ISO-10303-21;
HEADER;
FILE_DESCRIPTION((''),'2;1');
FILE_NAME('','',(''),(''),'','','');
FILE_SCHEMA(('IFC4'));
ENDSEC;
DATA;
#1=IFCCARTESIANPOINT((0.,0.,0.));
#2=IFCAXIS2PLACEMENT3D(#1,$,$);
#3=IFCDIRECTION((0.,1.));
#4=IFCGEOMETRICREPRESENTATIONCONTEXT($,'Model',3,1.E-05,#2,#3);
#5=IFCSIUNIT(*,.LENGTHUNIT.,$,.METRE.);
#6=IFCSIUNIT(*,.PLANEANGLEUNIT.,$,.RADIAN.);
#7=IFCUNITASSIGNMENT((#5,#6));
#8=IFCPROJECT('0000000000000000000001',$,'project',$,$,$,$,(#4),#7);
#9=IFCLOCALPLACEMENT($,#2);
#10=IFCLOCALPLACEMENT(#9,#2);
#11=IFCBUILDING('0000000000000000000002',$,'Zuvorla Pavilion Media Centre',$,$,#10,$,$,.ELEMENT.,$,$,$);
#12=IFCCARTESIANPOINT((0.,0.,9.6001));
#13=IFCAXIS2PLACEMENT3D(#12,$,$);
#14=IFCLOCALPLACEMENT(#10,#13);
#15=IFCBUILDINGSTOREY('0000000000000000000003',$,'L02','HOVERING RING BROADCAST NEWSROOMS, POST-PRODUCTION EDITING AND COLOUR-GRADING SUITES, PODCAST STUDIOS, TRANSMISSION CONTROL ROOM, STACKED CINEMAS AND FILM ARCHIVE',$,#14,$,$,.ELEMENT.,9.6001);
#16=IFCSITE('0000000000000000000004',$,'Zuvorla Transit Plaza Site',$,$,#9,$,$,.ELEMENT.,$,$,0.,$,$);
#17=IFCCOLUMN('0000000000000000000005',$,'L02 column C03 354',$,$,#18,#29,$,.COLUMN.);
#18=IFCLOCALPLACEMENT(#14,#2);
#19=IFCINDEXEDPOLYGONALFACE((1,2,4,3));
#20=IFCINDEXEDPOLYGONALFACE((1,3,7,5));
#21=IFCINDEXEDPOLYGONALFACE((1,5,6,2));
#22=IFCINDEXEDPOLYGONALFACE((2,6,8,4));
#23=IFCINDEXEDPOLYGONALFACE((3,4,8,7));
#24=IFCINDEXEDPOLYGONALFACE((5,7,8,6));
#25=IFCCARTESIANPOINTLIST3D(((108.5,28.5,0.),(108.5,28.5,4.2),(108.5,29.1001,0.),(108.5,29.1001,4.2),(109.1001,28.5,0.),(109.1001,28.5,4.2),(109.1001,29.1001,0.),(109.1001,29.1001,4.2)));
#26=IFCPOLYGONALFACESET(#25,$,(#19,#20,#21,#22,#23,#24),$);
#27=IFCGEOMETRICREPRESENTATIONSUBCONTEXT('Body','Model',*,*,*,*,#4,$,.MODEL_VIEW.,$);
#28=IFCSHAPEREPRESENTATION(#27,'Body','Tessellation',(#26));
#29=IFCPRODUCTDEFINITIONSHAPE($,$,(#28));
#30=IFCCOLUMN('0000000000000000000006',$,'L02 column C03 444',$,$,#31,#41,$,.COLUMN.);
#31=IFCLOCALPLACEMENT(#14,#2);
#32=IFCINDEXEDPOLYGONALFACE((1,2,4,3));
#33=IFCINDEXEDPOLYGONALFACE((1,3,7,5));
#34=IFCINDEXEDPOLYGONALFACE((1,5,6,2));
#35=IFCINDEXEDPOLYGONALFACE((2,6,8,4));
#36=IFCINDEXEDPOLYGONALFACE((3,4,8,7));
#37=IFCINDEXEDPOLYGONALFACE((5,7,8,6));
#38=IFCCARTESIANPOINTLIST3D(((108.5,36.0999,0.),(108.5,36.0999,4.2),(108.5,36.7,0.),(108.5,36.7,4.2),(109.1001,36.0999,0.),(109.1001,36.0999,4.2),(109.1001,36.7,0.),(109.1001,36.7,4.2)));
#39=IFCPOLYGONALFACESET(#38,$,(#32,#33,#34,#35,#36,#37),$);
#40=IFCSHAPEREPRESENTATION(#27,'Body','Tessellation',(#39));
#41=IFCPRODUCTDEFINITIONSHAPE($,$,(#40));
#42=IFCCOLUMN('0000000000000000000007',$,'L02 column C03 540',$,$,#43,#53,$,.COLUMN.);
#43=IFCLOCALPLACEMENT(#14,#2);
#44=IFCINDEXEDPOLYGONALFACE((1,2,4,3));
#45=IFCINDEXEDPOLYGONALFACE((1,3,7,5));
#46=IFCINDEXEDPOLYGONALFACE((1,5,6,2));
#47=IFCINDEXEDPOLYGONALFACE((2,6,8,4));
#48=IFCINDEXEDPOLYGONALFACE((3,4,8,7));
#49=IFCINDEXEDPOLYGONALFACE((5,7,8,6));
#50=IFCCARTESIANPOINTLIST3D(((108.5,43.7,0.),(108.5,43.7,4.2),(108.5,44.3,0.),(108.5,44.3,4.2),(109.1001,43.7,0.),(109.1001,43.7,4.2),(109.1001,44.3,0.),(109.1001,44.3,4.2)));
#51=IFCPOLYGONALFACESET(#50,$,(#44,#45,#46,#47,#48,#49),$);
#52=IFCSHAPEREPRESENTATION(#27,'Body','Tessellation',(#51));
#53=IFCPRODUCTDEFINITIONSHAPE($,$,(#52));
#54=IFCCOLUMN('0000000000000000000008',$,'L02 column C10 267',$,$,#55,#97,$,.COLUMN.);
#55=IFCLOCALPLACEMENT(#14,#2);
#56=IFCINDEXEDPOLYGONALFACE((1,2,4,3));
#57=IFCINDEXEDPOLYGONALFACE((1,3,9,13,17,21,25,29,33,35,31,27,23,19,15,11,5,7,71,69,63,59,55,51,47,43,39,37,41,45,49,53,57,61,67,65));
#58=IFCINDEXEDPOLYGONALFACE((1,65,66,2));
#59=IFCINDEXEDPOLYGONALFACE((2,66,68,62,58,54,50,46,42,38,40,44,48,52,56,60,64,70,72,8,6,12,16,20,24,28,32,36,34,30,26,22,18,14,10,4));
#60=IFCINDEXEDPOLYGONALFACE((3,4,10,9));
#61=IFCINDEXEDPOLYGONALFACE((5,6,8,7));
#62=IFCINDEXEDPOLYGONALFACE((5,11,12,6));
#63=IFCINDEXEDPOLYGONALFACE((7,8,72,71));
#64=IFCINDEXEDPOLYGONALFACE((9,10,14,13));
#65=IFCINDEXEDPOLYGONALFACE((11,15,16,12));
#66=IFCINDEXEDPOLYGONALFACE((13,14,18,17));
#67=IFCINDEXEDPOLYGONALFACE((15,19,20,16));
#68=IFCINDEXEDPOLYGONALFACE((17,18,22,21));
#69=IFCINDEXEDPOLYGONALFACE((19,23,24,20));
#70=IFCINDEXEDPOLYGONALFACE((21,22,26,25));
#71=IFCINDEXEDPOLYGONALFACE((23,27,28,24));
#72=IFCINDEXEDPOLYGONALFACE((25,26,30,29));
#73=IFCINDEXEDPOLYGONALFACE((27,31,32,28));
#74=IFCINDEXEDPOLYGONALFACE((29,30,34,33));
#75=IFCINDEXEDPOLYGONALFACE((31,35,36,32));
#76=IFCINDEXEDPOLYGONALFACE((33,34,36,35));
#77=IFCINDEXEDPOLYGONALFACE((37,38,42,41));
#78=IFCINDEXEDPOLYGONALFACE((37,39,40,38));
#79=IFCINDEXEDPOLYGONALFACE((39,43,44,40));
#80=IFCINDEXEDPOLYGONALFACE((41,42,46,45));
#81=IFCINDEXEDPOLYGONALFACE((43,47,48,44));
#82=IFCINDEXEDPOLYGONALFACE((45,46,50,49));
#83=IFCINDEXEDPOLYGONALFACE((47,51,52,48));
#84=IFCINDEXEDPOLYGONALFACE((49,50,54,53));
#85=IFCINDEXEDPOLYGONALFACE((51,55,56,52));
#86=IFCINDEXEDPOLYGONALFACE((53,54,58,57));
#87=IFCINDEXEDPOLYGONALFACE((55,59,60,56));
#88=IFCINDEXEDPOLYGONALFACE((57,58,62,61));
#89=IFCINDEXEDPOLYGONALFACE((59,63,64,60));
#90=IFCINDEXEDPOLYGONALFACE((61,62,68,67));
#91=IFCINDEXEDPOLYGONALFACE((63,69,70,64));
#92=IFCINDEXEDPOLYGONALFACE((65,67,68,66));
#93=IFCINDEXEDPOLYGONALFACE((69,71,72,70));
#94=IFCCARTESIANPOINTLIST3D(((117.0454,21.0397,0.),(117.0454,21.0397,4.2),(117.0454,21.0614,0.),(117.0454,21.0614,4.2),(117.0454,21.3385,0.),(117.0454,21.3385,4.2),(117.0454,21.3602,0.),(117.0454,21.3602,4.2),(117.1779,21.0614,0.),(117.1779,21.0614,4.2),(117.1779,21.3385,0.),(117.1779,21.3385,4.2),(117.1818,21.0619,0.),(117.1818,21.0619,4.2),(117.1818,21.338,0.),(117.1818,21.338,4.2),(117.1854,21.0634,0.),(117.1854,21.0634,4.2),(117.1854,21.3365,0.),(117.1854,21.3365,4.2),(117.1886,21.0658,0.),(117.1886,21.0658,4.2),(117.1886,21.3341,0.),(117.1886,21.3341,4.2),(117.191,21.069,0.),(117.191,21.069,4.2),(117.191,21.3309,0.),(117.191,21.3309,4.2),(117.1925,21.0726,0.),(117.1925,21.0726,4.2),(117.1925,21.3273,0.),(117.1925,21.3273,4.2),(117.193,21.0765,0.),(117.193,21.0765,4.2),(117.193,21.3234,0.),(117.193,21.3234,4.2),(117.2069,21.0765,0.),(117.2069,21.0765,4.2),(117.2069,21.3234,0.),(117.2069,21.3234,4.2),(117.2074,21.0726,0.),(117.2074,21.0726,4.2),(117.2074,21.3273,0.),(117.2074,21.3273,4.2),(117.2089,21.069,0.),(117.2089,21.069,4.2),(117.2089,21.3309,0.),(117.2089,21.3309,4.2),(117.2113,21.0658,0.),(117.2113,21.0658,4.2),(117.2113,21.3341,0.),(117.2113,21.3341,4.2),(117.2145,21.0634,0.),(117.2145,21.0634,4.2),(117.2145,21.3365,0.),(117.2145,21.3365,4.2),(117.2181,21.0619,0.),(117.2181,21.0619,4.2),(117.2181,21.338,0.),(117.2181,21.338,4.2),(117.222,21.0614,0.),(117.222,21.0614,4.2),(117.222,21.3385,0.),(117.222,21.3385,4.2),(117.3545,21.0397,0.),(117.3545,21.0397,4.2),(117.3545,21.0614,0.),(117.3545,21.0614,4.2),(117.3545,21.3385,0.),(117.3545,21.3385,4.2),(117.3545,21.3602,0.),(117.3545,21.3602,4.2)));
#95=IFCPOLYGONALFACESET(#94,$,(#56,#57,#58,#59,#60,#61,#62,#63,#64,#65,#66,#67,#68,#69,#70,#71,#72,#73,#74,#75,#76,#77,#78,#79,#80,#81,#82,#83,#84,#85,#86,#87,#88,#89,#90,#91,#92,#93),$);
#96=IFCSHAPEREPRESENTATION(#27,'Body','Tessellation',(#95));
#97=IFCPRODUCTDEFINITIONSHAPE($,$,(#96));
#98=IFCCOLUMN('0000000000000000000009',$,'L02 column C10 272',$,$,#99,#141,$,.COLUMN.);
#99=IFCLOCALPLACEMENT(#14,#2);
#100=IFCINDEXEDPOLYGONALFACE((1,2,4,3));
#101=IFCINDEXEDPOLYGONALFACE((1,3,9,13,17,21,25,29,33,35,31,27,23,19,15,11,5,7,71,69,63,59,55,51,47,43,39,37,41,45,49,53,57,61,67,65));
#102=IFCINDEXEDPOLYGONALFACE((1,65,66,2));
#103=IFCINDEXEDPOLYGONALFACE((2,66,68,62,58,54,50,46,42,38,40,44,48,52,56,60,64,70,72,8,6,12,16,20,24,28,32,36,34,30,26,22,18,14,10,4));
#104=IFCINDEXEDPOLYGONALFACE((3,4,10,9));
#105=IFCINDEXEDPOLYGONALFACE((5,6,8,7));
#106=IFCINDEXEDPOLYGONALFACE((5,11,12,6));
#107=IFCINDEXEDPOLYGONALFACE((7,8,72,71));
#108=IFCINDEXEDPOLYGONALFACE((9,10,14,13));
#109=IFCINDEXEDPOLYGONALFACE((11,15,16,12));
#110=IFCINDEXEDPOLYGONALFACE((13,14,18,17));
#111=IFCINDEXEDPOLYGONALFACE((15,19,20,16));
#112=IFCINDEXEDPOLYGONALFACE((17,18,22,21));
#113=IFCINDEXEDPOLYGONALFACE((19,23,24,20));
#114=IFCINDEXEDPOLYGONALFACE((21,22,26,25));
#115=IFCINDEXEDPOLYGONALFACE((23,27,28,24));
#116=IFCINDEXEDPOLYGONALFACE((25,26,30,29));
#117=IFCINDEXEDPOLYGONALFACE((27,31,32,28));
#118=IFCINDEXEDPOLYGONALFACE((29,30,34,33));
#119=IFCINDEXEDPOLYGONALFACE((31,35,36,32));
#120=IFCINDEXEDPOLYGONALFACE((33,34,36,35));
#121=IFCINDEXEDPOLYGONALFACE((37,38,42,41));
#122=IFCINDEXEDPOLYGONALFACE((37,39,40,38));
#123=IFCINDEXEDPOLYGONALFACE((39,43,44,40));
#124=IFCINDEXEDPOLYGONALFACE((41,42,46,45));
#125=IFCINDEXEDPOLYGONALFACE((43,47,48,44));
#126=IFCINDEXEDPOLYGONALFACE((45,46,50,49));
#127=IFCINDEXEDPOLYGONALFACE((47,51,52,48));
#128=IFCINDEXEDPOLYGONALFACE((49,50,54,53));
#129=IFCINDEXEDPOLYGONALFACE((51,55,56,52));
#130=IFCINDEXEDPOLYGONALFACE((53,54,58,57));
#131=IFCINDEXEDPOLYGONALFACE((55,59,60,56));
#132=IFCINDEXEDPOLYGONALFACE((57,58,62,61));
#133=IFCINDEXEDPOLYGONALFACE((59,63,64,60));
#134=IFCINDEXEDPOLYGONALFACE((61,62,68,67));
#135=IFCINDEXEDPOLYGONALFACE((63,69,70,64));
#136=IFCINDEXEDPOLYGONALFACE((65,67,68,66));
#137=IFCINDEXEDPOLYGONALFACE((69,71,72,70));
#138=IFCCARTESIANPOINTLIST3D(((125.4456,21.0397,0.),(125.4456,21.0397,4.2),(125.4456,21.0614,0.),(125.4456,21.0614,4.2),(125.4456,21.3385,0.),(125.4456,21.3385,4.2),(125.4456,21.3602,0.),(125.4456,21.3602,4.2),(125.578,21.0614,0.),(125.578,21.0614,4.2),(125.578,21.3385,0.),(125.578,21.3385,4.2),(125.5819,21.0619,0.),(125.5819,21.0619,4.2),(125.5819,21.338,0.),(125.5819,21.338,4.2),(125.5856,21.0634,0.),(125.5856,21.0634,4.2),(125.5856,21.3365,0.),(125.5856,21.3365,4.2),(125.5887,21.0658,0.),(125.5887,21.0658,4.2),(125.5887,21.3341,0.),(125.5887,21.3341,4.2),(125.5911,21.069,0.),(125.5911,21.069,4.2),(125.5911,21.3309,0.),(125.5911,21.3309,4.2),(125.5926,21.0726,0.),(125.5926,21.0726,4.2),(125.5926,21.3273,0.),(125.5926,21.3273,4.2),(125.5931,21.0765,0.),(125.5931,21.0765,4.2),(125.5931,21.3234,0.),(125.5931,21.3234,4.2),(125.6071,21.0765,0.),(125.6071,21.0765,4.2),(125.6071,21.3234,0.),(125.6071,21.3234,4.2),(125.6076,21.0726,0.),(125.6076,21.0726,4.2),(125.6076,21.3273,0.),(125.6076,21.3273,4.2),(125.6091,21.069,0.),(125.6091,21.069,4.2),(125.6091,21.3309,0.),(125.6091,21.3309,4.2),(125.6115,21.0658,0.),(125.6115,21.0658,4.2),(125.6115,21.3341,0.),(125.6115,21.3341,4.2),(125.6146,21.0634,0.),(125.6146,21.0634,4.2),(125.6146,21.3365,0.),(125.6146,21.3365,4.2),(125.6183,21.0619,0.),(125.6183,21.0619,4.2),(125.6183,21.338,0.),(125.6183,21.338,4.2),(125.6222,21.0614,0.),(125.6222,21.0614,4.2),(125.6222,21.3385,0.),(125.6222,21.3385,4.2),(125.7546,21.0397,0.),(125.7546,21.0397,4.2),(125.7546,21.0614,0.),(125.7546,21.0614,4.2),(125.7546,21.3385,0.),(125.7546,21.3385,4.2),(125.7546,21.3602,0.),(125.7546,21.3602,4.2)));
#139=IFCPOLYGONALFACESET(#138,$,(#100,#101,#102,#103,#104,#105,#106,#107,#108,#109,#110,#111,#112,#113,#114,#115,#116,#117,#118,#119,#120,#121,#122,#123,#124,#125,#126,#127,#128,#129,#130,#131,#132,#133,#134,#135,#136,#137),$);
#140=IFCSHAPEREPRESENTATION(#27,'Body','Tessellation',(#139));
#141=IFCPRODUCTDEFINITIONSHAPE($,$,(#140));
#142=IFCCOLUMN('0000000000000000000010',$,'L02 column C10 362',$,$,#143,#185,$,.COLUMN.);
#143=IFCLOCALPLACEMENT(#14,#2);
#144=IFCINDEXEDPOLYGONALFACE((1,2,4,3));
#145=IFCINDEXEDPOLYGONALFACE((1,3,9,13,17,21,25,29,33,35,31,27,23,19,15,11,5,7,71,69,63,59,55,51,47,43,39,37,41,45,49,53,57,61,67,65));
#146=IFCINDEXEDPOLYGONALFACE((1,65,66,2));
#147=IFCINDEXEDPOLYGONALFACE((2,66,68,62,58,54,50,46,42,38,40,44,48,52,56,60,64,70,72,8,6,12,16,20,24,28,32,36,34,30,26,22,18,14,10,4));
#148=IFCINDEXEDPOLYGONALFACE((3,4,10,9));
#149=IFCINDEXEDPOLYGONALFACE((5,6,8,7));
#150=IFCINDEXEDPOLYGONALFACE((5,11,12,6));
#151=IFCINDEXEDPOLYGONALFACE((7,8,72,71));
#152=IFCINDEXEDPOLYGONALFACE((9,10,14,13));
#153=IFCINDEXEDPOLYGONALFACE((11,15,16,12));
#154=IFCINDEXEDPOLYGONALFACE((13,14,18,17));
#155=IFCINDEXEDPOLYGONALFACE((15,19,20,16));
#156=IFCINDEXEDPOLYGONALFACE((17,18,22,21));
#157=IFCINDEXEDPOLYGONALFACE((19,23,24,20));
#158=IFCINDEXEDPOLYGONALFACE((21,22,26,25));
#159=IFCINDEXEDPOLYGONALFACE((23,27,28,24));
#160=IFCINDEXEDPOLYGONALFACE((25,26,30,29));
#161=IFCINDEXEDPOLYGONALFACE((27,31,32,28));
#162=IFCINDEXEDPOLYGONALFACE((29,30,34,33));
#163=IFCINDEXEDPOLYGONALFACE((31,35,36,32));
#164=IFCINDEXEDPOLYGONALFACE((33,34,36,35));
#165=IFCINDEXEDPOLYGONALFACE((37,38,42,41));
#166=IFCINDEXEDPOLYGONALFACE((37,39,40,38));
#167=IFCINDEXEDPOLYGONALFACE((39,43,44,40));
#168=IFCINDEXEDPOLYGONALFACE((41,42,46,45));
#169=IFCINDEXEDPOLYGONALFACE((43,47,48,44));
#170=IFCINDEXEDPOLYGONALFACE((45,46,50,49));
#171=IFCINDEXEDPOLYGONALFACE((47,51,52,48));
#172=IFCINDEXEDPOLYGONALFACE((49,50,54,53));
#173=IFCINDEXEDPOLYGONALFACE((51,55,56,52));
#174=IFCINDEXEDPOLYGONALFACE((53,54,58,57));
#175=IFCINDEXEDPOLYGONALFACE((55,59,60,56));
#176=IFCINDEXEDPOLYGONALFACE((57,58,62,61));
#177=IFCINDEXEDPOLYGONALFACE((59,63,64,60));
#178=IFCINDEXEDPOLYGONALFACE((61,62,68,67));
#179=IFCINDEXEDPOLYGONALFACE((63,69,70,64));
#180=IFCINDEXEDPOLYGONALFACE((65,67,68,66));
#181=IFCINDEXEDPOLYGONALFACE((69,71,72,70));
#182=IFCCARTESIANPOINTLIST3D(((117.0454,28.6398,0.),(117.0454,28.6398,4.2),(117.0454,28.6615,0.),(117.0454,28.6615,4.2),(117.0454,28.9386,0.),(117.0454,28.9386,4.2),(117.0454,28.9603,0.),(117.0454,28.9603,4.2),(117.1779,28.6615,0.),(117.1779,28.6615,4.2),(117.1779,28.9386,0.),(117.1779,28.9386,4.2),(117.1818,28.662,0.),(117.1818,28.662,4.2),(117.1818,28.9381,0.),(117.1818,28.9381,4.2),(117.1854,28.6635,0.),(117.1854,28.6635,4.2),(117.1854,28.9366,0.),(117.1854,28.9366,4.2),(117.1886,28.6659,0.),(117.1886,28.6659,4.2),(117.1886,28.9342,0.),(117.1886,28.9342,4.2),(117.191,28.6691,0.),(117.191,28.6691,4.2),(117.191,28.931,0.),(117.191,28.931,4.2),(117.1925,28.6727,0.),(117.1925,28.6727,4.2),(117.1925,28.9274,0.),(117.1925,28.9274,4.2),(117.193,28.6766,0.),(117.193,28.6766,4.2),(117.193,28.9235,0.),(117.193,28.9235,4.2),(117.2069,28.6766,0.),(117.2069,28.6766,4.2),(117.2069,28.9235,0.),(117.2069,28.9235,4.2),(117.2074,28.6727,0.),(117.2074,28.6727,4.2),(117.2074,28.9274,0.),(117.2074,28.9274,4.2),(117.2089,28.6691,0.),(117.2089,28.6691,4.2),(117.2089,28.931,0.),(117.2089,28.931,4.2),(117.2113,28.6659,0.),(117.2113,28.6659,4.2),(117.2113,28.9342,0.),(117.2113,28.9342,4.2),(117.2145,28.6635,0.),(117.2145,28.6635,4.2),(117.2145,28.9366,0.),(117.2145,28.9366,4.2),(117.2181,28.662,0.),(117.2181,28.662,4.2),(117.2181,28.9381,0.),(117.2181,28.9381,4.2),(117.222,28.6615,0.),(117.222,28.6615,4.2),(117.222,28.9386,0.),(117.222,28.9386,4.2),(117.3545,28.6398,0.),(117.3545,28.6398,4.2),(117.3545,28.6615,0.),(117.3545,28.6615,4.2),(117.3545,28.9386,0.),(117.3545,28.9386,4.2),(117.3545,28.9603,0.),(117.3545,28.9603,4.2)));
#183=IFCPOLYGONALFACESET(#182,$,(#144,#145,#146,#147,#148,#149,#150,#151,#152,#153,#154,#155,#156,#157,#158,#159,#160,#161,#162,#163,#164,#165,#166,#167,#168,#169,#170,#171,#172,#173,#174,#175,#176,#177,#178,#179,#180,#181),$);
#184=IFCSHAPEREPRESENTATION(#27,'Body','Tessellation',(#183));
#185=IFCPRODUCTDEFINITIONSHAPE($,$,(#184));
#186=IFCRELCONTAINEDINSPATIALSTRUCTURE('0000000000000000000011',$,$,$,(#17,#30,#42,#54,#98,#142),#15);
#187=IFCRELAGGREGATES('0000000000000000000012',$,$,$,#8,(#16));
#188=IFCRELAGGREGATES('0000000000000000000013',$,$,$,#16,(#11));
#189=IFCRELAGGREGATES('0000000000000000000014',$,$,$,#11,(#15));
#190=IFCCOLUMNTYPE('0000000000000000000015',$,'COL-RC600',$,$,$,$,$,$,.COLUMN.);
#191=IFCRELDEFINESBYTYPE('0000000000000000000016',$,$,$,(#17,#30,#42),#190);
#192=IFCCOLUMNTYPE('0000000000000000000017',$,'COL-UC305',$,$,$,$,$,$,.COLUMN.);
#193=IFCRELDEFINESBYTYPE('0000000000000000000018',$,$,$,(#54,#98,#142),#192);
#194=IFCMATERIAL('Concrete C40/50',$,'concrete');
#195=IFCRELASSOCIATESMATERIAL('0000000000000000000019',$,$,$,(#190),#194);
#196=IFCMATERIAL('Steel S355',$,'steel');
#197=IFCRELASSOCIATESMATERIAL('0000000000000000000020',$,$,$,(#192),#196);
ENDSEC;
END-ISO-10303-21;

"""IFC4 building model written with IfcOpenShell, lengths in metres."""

from ifc_helpers import new_model, si_unit, direction, frame, origin, origin_2d, place, context, subcontext, project, spatial, rectangle, i_section, extrude, material, material_profile, profile_set, type_object, element, save


model = new_model("IFC4")

# Units and contexts
model_context = context("Model", 3, precision=1e-05, world=origin(), true_north=direction((0.0, 1.0)))
body_context = subcontext(model_context, "Body", "Model", "MODEL_VIEW")
ifc_project = project(units=[si_unit("LENGTHUNIT", "METRE"), si_unit("PLANEANGLEUNIT", "RADIAN")], contexts=[model_context])

# Site, building, storey
site_placement = place(None, origin())
site = spatial("IfcSite", under=ifc_project, at=site_placement, Name="Zuvorla Transit Plaza Site", CompositionType="ELEMENT", RefElevation=0.0)
building_placement = place(site_placement, origin())
building = spatial("IfcBuilding", under=site, at=building_placement, Name="Zuvorla Pavilion Media Centre", CompositionType="ELEMENT")
storey_placement = place(building_placement, frame((0.0, 0.0, 9.6001)))
storey = spatial("IfcBuildingStorey", under=building, at=storey_placement, Name="L02", Description="HOVERING RING BROADCAST NEWSROOMS, POST-PRODUCTION EDITING AND COLOUR-GRADING SUITES, PODCAST STUDIOS, TRANSMISSION CONTROL ROOM, STACKED CINEMAS AND FILM ARCHIVE", CompositionType="ELEMENT", Elevation=9.6001)

# Columns
ifc_material_1 = material(Name="Concrete C40/50", Category="concrete")
ifc_material_profile_1 = material_profile(ifc_material_1, rectangle(XDim=0.6001, YDim=0.6001, at=origin_2d()), Name="RC 600x600")
ifc_profile_set_1 = profile_set([ifc_material_profile_1], Name="Concrete C40/50")
column_type_1 = type_object("IfcColumnType", Name="COL-RC600", PredefinedType="COLUMN", material=ifc_profile_set_1)
for number, where, z_axis, x_axis, name in (
    (1, (108.8, 28.8, 0.0), (0.0, 0.0, 1.0), (1.0, 0.0, 0.0), "L02 column C03 354"),
    (2, (108.8, 36.3999, 0.0), (0.0, 0.0, 1.0), (1.0, 0.0, 0.0), "L02 column C03 444"),
    (3, (108.8, 44.0, 0.0), (0.0, 0.0, 1.0), (1.0, 0.0, 0.0), "L02 column C03 540"),
):
    element("IfcColumn", number, at=place(storey_placement, frame(where, z_axis=z_axis, x_axis=x_axis)), inside=storey, type_object=column_type_1, Name=name, PredefinedType="COLUMN", context=body_context, shape_type="SweptSolid", body=[
        extrude(rectangle(XDim=0.6001, YDim=0.6001, at=origin_2d()), origin(), (0.0, 0.0, 1.0), 4.2),
    ])
ifc_material_2 = material(Name="Steel S355", Category="steel")
ifc_material_profile_2 = material_profile(ifc_material_2, i_section(OverallWidth=0.3091, OverallDepth=0.3206, WebThickness=0.0139, FlangeThickness=0.0217, FilletRadius=0.0151, at=origin_2d()), Name="UC 305x305x137")
ifc_profile_set_2 = profile_set([ifc_material_profile_2], Name="Steel S355")
column_type_2 = type_object("IfcColumnType", Name="COL-UC305", PredefinedType="COLUMN", material=ifc_profile_set_2)
for number, where, z_axis, x_axis, name in (
    (4, (117.2, 21.2, 0.0), (0.0, 0.0, 1.0), (1.0, 0.0, 0.0), "L02 column C10 267"),
    (5, (125.6001, 21.2, 0.0), (0.0, 0.0, 1.0), (1.0, 0.0, 0.0), "L02 column C10 272"),
    (6, (117.2, 28.8, 0.0), (0.0, 0.0, 1.0), (1.0, 0.0, 0.0), "L02 column C10 362"),
):
    element("IfcColumn", number, at=place(storey_placement, frame(where, z_axis=z_axis, x_axis=x_axis)), inside=storey, type_object=column_type_2, Name=name, PredefinedType="COLUMN", context=body_context, shape_type="SweptSolid", body=[
        extrude(i_section(OverallWidth=0.3091, OverallDepth=0.3206, WebThickness=0.0139, FlangeThickness=0.0217, FilletRadius=0.0151, at=origin_2d()), origin(), (0.0, 0.0, 1.0), 4.2),
    ])

save(model, "model.ifc")
